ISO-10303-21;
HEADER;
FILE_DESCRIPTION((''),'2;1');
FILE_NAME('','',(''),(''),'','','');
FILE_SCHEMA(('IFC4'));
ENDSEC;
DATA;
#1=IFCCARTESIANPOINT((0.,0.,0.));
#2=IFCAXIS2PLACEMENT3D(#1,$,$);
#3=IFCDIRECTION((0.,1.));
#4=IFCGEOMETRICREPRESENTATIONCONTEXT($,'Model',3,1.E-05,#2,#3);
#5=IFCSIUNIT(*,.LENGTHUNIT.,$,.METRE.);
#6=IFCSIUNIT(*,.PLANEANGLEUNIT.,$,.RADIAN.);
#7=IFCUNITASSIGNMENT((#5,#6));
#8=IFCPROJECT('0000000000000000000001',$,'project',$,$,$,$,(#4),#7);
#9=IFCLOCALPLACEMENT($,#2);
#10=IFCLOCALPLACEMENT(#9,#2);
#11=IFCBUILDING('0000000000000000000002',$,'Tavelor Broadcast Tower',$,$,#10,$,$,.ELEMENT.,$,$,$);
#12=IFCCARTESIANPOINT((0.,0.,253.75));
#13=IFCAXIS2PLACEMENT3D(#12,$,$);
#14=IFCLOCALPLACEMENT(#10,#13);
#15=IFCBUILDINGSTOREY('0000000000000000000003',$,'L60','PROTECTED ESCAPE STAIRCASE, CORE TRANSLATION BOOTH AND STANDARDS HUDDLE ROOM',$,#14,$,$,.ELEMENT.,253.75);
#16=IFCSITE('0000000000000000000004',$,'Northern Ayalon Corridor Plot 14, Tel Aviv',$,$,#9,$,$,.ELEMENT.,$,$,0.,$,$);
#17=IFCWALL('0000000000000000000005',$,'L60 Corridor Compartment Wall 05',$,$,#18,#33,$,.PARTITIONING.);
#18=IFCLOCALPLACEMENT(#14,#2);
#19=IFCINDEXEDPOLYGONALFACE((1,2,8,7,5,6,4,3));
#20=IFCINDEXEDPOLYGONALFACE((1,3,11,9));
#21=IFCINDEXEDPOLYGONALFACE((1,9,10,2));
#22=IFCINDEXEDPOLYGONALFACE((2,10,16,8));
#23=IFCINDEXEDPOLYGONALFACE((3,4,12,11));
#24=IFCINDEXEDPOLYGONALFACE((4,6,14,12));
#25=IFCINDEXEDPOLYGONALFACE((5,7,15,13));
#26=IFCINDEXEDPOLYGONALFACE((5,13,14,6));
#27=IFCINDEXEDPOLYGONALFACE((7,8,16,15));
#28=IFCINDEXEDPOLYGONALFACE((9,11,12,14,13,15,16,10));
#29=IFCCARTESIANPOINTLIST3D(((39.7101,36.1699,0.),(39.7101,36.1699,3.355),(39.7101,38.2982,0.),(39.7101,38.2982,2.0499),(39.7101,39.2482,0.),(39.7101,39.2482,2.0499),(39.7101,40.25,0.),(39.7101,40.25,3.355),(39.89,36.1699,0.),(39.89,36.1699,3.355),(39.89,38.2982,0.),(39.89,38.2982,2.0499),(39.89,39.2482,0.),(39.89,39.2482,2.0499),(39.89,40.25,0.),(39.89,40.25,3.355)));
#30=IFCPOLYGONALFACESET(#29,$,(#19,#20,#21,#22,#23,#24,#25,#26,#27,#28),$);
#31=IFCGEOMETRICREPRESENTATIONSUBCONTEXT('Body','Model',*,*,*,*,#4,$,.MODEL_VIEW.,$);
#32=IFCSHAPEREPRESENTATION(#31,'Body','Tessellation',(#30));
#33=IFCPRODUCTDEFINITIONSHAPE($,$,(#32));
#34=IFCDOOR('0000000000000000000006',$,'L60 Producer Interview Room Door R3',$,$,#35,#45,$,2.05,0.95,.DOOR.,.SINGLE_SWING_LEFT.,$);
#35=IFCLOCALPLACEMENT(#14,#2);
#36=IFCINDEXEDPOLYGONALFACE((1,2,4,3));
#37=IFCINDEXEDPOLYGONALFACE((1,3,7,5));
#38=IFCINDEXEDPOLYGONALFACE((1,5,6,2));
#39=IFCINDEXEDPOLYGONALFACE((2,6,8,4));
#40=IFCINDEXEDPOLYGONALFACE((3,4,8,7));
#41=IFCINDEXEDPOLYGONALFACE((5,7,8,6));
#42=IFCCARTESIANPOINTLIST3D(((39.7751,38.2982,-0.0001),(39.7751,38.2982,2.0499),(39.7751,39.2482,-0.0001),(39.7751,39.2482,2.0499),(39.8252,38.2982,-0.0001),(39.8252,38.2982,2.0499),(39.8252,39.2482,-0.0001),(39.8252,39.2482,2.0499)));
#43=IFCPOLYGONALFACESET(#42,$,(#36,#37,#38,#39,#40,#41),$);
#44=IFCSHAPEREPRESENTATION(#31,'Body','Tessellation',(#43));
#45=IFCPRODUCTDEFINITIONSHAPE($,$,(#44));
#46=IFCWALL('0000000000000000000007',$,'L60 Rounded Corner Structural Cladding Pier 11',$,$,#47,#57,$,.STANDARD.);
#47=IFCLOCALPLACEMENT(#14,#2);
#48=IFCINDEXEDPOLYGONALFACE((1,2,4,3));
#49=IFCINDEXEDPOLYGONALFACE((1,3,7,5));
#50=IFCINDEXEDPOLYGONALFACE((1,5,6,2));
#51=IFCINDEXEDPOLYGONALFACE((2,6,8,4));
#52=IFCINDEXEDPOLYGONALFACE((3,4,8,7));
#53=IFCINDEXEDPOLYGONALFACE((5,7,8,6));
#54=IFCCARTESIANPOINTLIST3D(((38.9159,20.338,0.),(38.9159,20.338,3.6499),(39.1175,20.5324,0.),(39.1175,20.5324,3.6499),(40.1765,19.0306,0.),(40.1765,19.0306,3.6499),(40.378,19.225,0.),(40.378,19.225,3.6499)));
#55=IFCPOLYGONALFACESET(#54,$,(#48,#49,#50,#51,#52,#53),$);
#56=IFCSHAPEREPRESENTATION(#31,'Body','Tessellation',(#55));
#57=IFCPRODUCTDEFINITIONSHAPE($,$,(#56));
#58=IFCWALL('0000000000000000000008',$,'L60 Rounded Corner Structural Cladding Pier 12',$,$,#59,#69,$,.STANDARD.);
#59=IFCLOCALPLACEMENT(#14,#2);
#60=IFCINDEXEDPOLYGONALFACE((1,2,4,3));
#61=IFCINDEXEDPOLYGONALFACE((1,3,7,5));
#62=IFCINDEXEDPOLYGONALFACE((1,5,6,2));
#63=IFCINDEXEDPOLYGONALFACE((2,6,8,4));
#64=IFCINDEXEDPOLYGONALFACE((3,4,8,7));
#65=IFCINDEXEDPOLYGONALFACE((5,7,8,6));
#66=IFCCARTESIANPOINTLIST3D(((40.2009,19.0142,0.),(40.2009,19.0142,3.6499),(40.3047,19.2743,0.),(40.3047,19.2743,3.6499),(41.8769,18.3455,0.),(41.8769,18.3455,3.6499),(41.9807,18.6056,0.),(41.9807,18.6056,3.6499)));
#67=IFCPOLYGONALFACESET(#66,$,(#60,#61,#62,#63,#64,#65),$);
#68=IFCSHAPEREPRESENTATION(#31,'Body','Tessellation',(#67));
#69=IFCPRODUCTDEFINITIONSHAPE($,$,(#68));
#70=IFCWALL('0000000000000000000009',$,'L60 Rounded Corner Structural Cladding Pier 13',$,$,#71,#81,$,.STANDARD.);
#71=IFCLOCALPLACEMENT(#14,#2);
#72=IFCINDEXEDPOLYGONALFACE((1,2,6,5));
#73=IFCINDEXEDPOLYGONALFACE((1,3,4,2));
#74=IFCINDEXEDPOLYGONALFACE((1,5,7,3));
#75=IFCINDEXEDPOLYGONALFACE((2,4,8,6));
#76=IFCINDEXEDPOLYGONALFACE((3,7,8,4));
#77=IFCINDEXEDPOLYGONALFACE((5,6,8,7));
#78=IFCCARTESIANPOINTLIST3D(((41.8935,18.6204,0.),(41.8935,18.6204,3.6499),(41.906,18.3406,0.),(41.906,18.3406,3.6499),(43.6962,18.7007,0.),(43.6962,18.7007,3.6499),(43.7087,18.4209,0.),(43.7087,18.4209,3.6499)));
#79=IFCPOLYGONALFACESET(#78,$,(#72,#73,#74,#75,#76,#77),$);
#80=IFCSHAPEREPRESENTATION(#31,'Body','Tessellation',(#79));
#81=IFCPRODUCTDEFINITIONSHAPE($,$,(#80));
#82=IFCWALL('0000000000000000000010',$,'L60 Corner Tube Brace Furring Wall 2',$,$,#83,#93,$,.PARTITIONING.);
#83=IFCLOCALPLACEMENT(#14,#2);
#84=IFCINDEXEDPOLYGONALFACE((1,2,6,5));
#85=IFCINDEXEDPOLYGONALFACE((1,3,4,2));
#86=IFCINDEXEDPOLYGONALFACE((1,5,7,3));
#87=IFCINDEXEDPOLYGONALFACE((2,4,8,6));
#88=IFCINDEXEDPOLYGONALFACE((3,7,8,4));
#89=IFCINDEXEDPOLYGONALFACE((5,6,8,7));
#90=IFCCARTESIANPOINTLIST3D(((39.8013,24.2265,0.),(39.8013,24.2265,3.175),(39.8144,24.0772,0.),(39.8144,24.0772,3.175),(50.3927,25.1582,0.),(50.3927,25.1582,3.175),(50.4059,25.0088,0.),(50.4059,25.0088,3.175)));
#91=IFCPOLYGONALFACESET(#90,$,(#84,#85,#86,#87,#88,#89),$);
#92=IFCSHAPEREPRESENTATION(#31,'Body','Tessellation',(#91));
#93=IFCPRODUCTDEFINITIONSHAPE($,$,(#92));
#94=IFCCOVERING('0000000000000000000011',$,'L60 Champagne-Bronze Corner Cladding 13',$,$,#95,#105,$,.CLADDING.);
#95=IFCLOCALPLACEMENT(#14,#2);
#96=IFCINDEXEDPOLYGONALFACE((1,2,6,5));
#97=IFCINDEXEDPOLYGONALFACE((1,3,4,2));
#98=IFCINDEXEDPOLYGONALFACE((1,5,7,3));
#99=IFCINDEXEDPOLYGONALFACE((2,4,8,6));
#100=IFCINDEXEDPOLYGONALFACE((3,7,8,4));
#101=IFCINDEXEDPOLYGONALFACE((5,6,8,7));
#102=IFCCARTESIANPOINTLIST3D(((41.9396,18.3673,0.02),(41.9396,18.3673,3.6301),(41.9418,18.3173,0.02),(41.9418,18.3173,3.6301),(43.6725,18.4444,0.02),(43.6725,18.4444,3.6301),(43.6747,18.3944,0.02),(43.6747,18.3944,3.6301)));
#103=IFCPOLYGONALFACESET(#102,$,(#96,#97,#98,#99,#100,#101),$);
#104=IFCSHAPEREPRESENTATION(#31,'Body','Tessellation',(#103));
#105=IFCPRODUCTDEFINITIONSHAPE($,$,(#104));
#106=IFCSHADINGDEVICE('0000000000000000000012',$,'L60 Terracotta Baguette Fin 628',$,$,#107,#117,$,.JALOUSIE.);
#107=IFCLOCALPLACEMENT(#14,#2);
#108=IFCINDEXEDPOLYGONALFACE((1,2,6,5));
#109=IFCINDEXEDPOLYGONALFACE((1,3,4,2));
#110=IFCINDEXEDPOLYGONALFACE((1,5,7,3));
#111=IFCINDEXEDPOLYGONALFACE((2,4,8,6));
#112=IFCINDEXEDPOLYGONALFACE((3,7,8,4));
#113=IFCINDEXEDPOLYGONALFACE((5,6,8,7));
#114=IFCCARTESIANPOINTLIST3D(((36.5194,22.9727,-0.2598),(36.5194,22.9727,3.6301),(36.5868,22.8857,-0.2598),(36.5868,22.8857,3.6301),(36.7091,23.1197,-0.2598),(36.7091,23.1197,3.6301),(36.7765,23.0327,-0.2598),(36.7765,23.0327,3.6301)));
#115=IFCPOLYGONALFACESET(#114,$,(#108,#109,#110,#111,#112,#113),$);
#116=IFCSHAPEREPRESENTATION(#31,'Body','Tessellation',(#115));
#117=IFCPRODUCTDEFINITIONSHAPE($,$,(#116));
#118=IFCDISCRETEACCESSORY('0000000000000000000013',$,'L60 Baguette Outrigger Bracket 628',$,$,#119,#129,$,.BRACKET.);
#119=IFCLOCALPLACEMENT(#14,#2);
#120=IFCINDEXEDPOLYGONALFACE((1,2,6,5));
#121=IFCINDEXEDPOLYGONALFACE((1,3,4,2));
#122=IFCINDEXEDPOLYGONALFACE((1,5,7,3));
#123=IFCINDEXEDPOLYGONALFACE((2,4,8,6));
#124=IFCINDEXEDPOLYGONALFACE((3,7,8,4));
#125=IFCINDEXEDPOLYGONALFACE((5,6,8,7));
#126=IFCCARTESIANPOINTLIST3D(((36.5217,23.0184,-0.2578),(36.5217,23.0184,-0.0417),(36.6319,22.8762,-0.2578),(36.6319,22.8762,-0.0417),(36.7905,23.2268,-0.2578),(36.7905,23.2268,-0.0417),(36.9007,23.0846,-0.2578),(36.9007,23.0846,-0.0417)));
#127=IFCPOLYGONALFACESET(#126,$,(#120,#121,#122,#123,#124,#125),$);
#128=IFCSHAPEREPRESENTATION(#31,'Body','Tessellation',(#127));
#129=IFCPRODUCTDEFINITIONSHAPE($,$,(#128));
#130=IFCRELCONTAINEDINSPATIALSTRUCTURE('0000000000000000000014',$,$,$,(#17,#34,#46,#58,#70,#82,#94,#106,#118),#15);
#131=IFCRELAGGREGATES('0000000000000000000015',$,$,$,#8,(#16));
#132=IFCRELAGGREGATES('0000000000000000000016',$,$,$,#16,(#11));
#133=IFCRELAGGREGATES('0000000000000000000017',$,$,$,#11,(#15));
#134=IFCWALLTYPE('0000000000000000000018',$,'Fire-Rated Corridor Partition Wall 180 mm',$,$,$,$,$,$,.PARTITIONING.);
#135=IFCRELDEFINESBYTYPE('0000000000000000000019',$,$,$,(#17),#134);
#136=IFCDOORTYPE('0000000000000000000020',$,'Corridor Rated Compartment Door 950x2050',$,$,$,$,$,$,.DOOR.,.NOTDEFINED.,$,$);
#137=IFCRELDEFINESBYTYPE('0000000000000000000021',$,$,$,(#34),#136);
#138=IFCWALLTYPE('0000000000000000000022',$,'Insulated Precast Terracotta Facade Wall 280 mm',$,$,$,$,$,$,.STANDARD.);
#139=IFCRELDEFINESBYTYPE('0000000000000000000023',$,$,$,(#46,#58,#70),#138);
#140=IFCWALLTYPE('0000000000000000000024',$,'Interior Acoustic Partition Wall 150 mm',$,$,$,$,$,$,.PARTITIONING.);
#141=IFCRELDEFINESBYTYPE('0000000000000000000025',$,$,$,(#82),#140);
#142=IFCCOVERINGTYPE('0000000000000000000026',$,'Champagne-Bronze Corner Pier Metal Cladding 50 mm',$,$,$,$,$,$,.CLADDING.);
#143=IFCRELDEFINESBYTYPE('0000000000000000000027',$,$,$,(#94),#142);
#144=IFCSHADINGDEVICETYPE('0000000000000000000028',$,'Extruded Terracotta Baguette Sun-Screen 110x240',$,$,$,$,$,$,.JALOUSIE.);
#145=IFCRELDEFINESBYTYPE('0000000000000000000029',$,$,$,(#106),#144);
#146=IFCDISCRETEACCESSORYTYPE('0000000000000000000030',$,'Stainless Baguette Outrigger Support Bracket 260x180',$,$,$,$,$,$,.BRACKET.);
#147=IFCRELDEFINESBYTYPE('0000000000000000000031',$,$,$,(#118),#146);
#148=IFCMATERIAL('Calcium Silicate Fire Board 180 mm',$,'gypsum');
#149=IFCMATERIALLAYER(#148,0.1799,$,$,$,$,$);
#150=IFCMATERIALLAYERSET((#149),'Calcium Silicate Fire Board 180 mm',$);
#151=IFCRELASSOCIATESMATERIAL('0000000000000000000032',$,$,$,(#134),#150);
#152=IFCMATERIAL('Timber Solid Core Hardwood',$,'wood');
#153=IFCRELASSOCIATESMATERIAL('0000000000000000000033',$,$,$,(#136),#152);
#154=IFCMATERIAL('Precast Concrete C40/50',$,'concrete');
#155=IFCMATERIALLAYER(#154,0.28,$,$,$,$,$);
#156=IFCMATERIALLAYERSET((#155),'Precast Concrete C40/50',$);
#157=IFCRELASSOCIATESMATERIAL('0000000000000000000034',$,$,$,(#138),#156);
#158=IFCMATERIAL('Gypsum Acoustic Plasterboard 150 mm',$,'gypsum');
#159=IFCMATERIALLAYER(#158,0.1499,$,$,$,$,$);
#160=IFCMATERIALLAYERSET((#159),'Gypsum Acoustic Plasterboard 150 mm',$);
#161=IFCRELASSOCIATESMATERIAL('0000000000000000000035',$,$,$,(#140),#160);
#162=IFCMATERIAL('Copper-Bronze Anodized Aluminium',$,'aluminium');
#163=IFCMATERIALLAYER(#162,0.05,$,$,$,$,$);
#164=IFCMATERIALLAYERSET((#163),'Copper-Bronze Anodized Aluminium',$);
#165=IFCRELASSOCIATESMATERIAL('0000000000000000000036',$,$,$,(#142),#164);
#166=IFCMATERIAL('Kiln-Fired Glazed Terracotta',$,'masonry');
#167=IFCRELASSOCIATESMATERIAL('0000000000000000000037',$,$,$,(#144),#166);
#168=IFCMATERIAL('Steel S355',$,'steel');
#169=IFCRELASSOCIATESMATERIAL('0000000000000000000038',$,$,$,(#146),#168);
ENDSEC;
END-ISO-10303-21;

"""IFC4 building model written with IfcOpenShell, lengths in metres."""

from ifc_helpers import new_model, si_unit, direction, frame, frame_2d, origin, origin_2d, place, context, subcontext, project, spatial, rectangle, extrude, source, transform, mapped, material, layer, layer_set, type_object, type_shapes, element, fill, save


model = new_model("IFC4")

# Units and contexts
model_context = context("Model", 3, precision=1e-05, world=origin(), true_north=direction((0.0, 1.0)))
body_context = subcontext(model_context, "Body", "Model", "MODEL_VIEW")
ifc_project = project(units=[si_unit("LENGTHUNIT", "METRE"), si_unit("PLANEANGLEUNIT", "RADIAN")], contexts=[model_context])

# Site, building, storey
site_placement = place(None, origin())
site = spatial("IfcSite", under=ifc_project, at=site_placement, Name="Northern Ayalon Corridor Plot 14, Tel Aviv", CompositionType="ELEMENT", RefElevation=0.0)
building_placement = place(site_placement, origin())
building = spatial("IfcBuilding", under=site, at=building_placement, Name="Tavelor Broadcast Tower", CompositionType="ELEMENT")
storey_placement = place(building_placement, frame((0.0, 0.0, 253.75)))
storey = spatial("IfcBuildingStorey", under=building, at=storey_placement, Name="L60", Description="PROTECTED ESCAPE STAIRCASE, CORE TRANSLATION BOOTH AND STANDARDS HUDDLE ROOM", CompositionType="ELEMENT", Elevation=253.75)

# Shared definitions
ifc_material_1 = material(Name="Steel S355", Category="steel")

# Wall, opening, door
ifc_material_2 = material(Name="Calcium Silicate Fire Board 180 mm", Category="gypsum")
ifc_layer_1 = layer(ifc_material_2, 0.1799)
ifc_layer_set_1 = layer_set([ifc_layer_1], Name="Calcium Silicate Fire Board 180 mm")
wall_type_1 = type_object("IfcWallType", Name="Fire-Rated Corridor Partition Wall 180 mm", PredefinedType="PARTITIONING", material=ifc_layer_set_1)
wall_1_placement = place(storey_placement, frame((39.8, 36.1699, 0.0), z_axis=(0.0, 0.0, 1.0), x_axis=(0.0, 1.0, 0.0)))
wall_1 = element("IfcWall", 1, at=wall_1_placement, inside=storey, type_object=wall_type_1, Name="L60 Corridor Compartment Wall 05", PredefinedType="PARTITIONING", context=body_context, shape_type="SweptSolid", body=[
    extrude(rectangle(XDim=4.0801, YDim=0.1799, at=frame_2d((2.04, 0.0))), origin(), (0.0, 0.0, 1.0), 3.355),
])
opening_placement = place(wall_1_placement, frame((2.1282, 0.0, 0.0)))
opening = element("IfcOpeningElement", 2, at=opening_placement, cuts=wall_1, PredefinedType="OPENING", context=body_context, shape_type="SweptSolid", body=[
    extrude(rectangle(XDim=0.95, YDim=2.05, at=frame_2d((0.4751, 1.0249))), frame((0.0, 0.1001, 0.0), z_axis=(0.0, -1.0, 0.0), x_axis=(1.0, 0.0, 0.0)), (0.0, 0.0, 1.0), 0.2),
])
ifc_material_3 = material(Name="Timber Solid Core Hardwood", Category="wood")
door_type = type_object("IfcDoorType", Name="Corridor Rated Compartment Door 950x2050", OperationType="NOTDEFINED", PredefinedType="DOOR", material=ifc_material_3)
door_placement = place(opening_placement, origin())
door = element("IfcDoor", 3, at=door_placement, inside=storey, type_object=door_type, Name="L60 Producer Interview Room Door R3", OperationType="SINGLE_SWING_LEFT", OverallHeight=2.05, OverallWidth=0.95, PredefinedType="DOOR", context=body_context, shape_type="SweptSolid", body=[
    extrude(rectangle(XDim=0.95, YDim=2.05, at=frame_2d((0.4751, 1.0249))), frame((0.0, 0.0249, 0.0), z_axis=(0.0, -1.0, 0.0), x_axis=(1.0, 0.0, 0.0)), (0.0, 0.0, 1.0), 0.05),
])
fill(opening, door)

# Walls
ifc_material_4 = material(Name="Precast Concrete C40/50", Category="concrete")
ifc_layer_2 = layer(ifc_material_4, 0.28)
ifc_layer_set_2 = layer_set([ifc_layer_2], Name="Precast Concrete C40/50")
wall_type_2 = type_object("IfcWallType", Name="Insulated Precast Terracotta Facade Wall 280 mm", PredefinedType="STANDARD", material=ifc_layer_set_2)
wall_2_placement = place(storey_placement, frame((39.0166, 20.4353, 0.0), z_axis=(0.0, 0.0, 1.0), x_axis=(0.694083, -0.719895, 0.0)))
element("IfcWall", 4, at=wall_2_placement, inside=storey, type_object=wall_type_2, Name="L60 Rounded Corner Structural Cladding Pier 11", PredefinedType="STANDARD", context=body_context, shape_type="SweptSolid", body=[
    extrude(rectangle(XDim=1.8162, YDim=0.28, at=frame_2d((0.9082, 0.0))), origin(), (0.0, 0.0, 1.0), 3.6499),
])
for number, where, z_axis, x_axis, name in (
    (5, (40.2527, 19.1443, 0.0), (0.0, 0.0, 1.0), (0.928803, -0.370574, 0.0), "L60 Rounded Corner Structural Cladding Pier 12"),
    (6, (41.8997, 18.4805, 0.0), (0.0, 0.0, 1.0), (0.999009, 0.044512, 0.0), "L60 Rounded Corner Structural Cladding Pier 13"),
):
    element("IfcWall", number, at=place(storey_placement, frame(where, z_axis=z_axis, x_axis=x_axis)), inside=storey, type_object=wall_type_2, Name=name, PredefinedType="STANDARD", context=body_context, shape_type="SweptSolid", body=[
        extrude(rectangle(XDim=1.8044, YDim=0.28, at=frame_2d((0.9023, 0.0))), origin(), (0.0, 0.0, 1.0), 3.6499),
    ])
ifc_material_5 = material(Name="Gypsum Acoustic Plasterboard 150 mm", Category="gypsum")
ifc_layer_3 = layer(ifc_material_5, 0.1499)
ifc_layer_set_3 = layer_set([ifc_layer_3], Name="Gypsum Acoustic Plasterboard 150 mm")
wall_type_3 = type_object("IfcWallType", Name="Interior Acoustic Partition Wall 150 mm", PredefinedType="PARTITIONING", material=ifc_layer_set_3)
wall_3_placement = place(storey_placement, frame((39.8079, 24.1519, 0.0), z_axis=(0.0, 0.0, 1.0), x_axis=(0.996154, 0.087624, 0.0)))
element("IfcWall", 7, at=wall_3_placement, inside=storey, type_object=wall_type_3, Name="L60 Corner Tube Brace Furring Wall 2", PredefinedType="PARTITIONING", context=body_context, shape_type="SweptSolid", body=[
    extrude(rectangle(XDim=10.6323, YDim=0.1499, at=frame_2d((5.3162, 0.0))), origin(), (0.0, 0.0, 1.0), 3.175),
])

# Covering
ifc_material_6 = material(Name="Copper-Bronze Anodized Aluminium", Category="aluminium")
ifc_layer_4 = layer(ifc_material_6, 0.05)
ifc_layer_set_4 = layer_set([ifc_layer_4], Name="Copper-Bronze Anodized Aluminium")
covering_type = type_object("IfcCoveringType", Name="Champagne-Bronze Corner Pier Metal Cladding 50 mm", PredefinedType="CLADDING", material=ifc_layer_set_4)
covering_placement = place(storey_placement, frame((42.8071, 18.3809, 0.02), z_axis=(0.0, 0.0, 1.0), x_axis=(0.99901, 0.044491, 0.0)))
element("IfcCovering", 8, at=covering_placement, inside=storey, type_object=covering_type, Name="L60 Champagne-Bronze Corner Cladding 13", PredefinedType="CLADDING", context=body_context, shape_type="SweptSolid", body=[
    extrude(rectangle(XDim=1.7346, YDim=0.05, at=origin_2d()), origin(), (0.0, 0.0, 1.0), 3.6101),
])

# Shading device
ifc_material_7 = material(Name="Kiln-Fired Glazed Terracotta", Category="masonry")
shading_device_type = type_object("IfcShadingDeviceType", Name="Extruded Terracotta Baguette Sun-Screen 110x240", PredefinedType="JALOUSIE", material=ifc_material_7)
shared_shape_1 = source(origin(), body_context, "Body", "SweptSolid", [
    extrude(rectangle(XDim=0.1101, YDim=0.24, at=origin_2d()), origin(), (0.0, 0.0, 1.0), 3.8899),
])
type_shapes(shading_device_type, [shared_shape_1])
shading_device_placement = place(storey_placement, frame((36.6479, 23.0027, -0.2598), z_axis=(0.0, 0.0, 1.0), x_axis=(0.612631, -0.790369, 0.0)))
element("IfcShadingDevice", 9, at=shading_device_placement, inside=storey, type_object=shading_device_type, Name="L60 Terracotta Baguette Fin 628", PredefinedType="JALOUSIE", context=body_context, shape_type="MappedRepresentation", body=[
    mapped(shared_shape_1, transform((0.0, 0.0, 0.0), scale=1.0)),
])

# Discrete accessory
discrete_accessory_type = type_object("IfcDiscreteAccessoryType", Name="Stainless Baguette Outrigger Support Bracket 260x180", PredefinedType="BRACKET", material=ifc_material_1)
shared_shape_2 = source(origin(), body_context, "Body", "SweptSolid", [
    extrude(rectangle(XDim=0.1799, YDim=0.3401, at=origin_2d()), origin(), (0.0, 0.0, 1.0), 0.2161),
])
type_shapes(discrete_accessory_type, [shared_shape_2])
discrete_accessory_placement = place(storey_placement, frame((36.7112, 23.0515, -0.2578), z_axis=(0.0, 0.0, 1.0), x_axis=(0.612631, -0.790369, 0.0)))
element("IfcDiscreteAccessory", 10, at=discrete_accessory_placement, inside=storey, type_object=discrete_accessory_type, Name="L60 Baguette Outrigger Bracket 628", PredefinedType="BRACKET", context=body_context, shape_type="MappedRepresentation", body=[
    mapped(shared_shape_2, transform((0.0, 0.0, 0.0), scale=1.0)),
])

save(model, "model.ifc")
